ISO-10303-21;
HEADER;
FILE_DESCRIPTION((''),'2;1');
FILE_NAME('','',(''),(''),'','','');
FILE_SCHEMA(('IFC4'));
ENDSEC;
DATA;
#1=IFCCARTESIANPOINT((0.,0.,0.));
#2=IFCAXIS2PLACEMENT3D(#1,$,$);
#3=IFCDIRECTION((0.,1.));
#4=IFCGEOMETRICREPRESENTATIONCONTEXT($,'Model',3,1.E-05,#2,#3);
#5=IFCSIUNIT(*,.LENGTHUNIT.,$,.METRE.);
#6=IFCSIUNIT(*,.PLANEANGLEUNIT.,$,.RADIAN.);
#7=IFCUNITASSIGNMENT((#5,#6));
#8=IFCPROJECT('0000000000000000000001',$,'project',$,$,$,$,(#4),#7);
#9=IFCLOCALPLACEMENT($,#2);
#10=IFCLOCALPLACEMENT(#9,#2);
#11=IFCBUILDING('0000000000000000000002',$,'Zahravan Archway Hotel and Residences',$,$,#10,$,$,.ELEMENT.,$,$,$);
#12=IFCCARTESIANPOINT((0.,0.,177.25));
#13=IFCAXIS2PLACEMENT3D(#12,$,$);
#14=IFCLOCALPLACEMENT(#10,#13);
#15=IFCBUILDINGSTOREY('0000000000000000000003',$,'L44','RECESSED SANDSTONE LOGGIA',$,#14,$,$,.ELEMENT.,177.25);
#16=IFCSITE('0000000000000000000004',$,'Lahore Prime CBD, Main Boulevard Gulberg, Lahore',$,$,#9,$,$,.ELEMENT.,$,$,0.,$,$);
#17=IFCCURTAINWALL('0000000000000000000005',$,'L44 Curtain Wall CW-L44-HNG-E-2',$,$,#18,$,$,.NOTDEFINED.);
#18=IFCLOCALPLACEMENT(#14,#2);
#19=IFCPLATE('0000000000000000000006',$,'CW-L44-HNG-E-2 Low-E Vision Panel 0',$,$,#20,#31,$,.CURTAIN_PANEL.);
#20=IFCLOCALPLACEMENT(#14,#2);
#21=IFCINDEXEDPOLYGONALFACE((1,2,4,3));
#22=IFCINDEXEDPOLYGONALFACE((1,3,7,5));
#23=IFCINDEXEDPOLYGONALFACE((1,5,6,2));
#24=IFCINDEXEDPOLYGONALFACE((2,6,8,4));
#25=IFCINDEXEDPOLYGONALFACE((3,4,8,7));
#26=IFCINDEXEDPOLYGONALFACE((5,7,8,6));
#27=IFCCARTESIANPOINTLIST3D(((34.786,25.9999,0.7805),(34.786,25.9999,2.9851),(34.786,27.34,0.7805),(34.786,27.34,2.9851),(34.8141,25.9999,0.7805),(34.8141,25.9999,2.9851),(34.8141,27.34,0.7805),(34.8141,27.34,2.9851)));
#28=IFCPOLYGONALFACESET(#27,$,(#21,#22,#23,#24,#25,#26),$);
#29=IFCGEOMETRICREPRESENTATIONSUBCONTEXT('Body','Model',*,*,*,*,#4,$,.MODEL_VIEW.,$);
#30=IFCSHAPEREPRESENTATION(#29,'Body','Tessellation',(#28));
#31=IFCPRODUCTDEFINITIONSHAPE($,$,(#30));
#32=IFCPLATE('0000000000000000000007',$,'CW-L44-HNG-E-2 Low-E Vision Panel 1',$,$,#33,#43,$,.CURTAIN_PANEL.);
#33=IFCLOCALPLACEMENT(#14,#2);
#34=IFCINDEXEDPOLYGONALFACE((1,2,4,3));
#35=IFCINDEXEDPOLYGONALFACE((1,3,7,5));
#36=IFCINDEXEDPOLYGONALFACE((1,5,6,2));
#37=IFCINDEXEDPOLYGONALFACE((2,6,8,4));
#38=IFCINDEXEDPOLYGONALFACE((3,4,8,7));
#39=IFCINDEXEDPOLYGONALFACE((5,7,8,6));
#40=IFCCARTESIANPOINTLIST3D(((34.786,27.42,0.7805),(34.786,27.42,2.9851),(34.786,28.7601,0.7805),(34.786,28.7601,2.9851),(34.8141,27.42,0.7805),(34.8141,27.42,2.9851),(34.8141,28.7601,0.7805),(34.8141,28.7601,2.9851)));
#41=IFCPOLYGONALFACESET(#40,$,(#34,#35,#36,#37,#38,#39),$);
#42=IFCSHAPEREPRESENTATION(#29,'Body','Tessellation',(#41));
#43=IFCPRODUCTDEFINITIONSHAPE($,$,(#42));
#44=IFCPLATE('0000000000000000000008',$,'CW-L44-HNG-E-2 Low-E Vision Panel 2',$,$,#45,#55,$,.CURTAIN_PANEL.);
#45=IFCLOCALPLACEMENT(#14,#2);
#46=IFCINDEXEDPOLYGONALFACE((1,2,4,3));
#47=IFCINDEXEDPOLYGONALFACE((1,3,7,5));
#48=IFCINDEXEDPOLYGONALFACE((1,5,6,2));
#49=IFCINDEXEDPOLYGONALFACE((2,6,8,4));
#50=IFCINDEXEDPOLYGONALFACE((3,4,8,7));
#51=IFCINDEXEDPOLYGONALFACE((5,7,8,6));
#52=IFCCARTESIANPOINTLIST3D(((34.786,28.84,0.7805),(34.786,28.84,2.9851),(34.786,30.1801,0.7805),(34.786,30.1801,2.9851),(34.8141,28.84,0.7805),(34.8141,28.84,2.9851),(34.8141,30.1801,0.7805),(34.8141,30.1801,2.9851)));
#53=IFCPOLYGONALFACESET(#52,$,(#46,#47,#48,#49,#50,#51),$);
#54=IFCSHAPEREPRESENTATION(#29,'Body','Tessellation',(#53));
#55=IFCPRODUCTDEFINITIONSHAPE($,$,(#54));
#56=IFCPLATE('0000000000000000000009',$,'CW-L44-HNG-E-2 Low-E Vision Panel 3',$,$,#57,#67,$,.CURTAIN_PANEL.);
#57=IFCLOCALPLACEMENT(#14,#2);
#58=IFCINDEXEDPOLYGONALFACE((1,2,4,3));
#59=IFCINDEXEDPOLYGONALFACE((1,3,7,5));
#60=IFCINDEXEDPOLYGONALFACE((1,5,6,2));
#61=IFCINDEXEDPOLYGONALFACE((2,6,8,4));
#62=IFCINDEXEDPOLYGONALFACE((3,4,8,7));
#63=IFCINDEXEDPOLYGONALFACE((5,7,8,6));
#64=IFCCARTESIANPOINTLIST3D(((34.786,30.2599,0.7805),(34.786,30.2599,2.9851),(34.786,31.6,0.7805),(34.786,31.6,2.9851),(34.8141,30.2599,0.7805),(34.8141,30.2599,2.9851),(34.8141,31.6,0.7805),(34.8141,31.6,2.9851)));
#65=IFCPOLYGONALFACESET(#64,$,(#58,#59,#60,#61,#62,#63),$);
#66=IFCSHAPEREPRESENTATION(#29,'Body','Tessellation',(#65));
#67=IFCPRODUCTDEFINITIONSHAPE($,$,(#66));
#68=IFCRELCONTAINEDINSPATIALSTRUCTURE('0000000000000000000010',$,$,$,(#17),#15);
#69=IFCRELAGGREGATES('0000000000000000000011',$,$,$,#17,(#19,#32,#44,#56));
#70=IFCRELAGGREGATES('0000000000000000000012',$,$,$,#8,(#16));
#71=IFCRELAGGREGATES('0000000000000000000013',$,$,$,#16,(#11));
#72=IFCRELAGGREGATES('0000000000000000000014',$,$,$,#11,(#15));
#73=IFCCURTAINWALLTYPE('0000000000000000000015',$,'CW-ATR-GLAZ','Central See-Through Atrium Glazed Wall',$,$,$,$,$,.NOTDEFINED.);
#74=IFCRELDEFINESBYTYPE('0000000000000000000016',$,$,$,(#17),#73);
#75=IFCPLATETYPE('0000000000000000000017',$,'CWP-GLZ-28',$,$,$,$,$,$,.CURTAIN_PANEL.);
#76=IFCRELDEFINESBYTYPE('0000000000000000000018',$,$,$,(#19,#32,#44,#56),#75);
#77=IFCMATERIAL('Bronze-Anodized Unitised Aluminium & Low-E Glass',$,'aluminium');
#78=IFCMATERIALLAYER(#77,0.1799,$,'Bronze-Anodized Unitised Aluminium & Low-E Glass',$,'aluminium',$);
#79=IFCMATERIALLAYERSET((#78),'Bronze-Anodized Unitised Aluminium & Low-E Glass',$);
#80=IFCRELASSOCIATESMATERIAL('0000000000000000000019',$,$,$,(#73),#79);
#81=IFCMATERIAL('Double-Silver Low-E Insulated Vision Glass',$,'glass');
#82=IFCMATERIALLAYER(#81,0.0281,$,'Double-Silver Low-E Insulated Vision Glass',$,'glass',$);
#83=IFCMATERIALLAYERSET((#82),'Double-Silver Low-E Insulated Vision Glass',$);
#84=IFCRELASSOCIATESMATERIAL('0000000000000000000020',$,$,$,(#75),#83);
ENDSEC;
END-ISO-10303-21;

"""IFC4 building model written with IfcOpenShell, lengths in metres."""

from ifc_helpers import new_model, si_unit, direction, frame, origin, origin_2d, place, context, subcontext, project, spatial, rectangle, extrude, source, transform, mapped, material, layer, layer_set, type_object, element, aggregate, save


model = new_model("IFC4")

# Units and contexts
model_context = context("Model", 3, precision=1e-05, world=origin(), true_north=direction((0.0, 1.0)))
body_context = subcontext(model_context, "Body", "Model", "MODEL_VIEW")
ifc_project = project(units=[si_unit("LENGTHUNIT", "METRE"), si_unit("PLANEANGLEUNIT", "RADIAN")], contexts=[model_context])

# Site, building, storey
site_placement = place(None, origin())
site = spatial("IfcSite", under=ifc_project, at=site_placement, Name="Lahore Prime CBD, Main Boulevard Gulberg, Lahore", CompositionType="ELEMENT", RefElevation=0.0)
building_placement = place(site_placement, origin())
building = spatial("IfcBuilding", under=site, at=building_placement, Name="Zahravan Archway Hotel and Residences", CompositionType="ELEMENT")
storey_placement = place(building_placement, frame((0.0, 0.0, 177.25)))
storey = spatial("IfcBuildingStorey", under=building, at=storey_placement, Name="L44", Description="RECESSED SANDSTONE LOGGIA", CompositionType="ELEMENT", Elevation=177.25)

# Curtain wall
ifc_material_1 = material(Name="Bronze-Anodized Unitised Aluminium & Low-E Glass", Category="aluminium")
ifc_layer_1 = layer(ifc_material_1, 0.1799, Name="Bronze-Anodized Unitised Aluminium & Low-E Glass", Category="aluminium")
ifc_layer_set_1 = layer_set([ifc_layer_1], Name="Bronze-Anodized Unitised Aluminium & Low-E Glass")
curtain_wall_type = type_object("IfcCurtainWallType", Name="CW-ATR-GLAZ", Description="Central See-Through Atrium Glazed Wall", PredefinedType="NOTDEFINED", material=ifc_layer_set_1)
curtain_wall_1_placement = place(storey_placement, origin())
curtain_wall_1 = element("IfcCurtainWall", 1, at=curtain_wall_1_placement, inside=storey, type_object=curtain_wall_type, Name="L44 Curtain Wall CW-L44-HNG-E-2", PredefinedType="NOTDEFINED")

# Plates
ifc_material_2 = material(Name="Double-Silver Low-E Insulated Vision Glass", Category="glass")
ifc_layer_2 = layer(ifc_material_2, 0.0281, Name="Double-Silver Low-E Insulated Vision Glass", Category="glass")
ifc_layer_set_2 = layer_set([ifc_layer_2], Name="Double-Silver Low-E Insulated Vision Glass")
plate_type_1 = type_object("IfcPlateType", Name="CWP-GLZ-28", PredefinedType="CURTAIN_PANEL", material=ifc_layer_set_2)
shared_shape_1 = source(origin(), body_context, "Body", "SweptSolid", [
    extrude(rectangle(XDim=1.3401, YDim=0.0281, at=origin_2d()), origin(), (0.0, 0.0, 1.0), 2.2046),
])
plate_1_placement = place(storey_placement, frame((34.8, 26.6699, 0.7805), z_axis=(0.0, 0.0, 1.0), x_axis=(0.0, 1.0, 0.0)))
plate_1 = element("IfcPlate", 2, at=plate_1_placement, type_object=plate_type_1, Name="CW-L44-HNG-E-2 Low-E Vision Panel 0", PredefinedType="CURTAIN_PANEL", context=body_context, shape_type="MappedRepresentation", body=[
    mapped(shared_shape_1, transform((0.0, 0.0, 0.0), scale=1.0)),
])
plate_2_placement = place(storey_placement, frame((34.8, 28.0901, 0.7805), z_axis=(0.0, 0.0, 1.0), x_axis=(0.0, 1.0, 0.0)))
plate_2 = element("IfcPlate", 3, at=plate_2_placement, type_object=plate_type_1, Name="CW-L44-HNG-E-2 Low-E Vision Panel 1", PredefinedType="CURTAIN_PANEL", context=body_context, shape_type="MappedRepresentation", body=[
    mapped(shared_shape_1, transform((0.0, 0.0, 0.0), scale=1.0)),
])
plate_3_placement = place(storey_placement, frame((34.8, 29.51, 0.7805), z_axis=(0.0, 0.0, 1.0), x_axis=(0.0, 1.0, 0.0)))
plate_3 = element("IfcPlate", 4, at=plate_3_placement, type_object=plate_type_1, Name="CW-L44-HNG-E-2 Low-E Vision Panel 2", PredefinedType="CURTAIN_PANEL", context=body_context, shape_type="MappedRepresentation", body=[
    mapped(shared_shape_1, transform((0.0, 0.0, 0.0), scale=1.0)),
])
plate_4_placement = place(storey_placement, frame((34.8, 30.9299, 0.7805), z_axis=(0.0, 0.0, 1.0), x_axis=(0.0, 1.0, 0.0)))
plate_4 = element("IfcPlate", 5, at=plate_4_placement, type_object=plate_type_1, Name="CW-L44-HNG-E-2 Low-E Vision Panel 3", PredefinedType="CURTAIN_PANEL", context=body_context, shape_type="MappedRepresentation", body=[
    mapped(shared_shape_1, transform((0.0, 0.0, 0.0), scale=1.0)),
])
aggregate(curtain_wall_1, [plate_1, plate_2, plate_3, plate_4])

save(model, "model.ifc")
